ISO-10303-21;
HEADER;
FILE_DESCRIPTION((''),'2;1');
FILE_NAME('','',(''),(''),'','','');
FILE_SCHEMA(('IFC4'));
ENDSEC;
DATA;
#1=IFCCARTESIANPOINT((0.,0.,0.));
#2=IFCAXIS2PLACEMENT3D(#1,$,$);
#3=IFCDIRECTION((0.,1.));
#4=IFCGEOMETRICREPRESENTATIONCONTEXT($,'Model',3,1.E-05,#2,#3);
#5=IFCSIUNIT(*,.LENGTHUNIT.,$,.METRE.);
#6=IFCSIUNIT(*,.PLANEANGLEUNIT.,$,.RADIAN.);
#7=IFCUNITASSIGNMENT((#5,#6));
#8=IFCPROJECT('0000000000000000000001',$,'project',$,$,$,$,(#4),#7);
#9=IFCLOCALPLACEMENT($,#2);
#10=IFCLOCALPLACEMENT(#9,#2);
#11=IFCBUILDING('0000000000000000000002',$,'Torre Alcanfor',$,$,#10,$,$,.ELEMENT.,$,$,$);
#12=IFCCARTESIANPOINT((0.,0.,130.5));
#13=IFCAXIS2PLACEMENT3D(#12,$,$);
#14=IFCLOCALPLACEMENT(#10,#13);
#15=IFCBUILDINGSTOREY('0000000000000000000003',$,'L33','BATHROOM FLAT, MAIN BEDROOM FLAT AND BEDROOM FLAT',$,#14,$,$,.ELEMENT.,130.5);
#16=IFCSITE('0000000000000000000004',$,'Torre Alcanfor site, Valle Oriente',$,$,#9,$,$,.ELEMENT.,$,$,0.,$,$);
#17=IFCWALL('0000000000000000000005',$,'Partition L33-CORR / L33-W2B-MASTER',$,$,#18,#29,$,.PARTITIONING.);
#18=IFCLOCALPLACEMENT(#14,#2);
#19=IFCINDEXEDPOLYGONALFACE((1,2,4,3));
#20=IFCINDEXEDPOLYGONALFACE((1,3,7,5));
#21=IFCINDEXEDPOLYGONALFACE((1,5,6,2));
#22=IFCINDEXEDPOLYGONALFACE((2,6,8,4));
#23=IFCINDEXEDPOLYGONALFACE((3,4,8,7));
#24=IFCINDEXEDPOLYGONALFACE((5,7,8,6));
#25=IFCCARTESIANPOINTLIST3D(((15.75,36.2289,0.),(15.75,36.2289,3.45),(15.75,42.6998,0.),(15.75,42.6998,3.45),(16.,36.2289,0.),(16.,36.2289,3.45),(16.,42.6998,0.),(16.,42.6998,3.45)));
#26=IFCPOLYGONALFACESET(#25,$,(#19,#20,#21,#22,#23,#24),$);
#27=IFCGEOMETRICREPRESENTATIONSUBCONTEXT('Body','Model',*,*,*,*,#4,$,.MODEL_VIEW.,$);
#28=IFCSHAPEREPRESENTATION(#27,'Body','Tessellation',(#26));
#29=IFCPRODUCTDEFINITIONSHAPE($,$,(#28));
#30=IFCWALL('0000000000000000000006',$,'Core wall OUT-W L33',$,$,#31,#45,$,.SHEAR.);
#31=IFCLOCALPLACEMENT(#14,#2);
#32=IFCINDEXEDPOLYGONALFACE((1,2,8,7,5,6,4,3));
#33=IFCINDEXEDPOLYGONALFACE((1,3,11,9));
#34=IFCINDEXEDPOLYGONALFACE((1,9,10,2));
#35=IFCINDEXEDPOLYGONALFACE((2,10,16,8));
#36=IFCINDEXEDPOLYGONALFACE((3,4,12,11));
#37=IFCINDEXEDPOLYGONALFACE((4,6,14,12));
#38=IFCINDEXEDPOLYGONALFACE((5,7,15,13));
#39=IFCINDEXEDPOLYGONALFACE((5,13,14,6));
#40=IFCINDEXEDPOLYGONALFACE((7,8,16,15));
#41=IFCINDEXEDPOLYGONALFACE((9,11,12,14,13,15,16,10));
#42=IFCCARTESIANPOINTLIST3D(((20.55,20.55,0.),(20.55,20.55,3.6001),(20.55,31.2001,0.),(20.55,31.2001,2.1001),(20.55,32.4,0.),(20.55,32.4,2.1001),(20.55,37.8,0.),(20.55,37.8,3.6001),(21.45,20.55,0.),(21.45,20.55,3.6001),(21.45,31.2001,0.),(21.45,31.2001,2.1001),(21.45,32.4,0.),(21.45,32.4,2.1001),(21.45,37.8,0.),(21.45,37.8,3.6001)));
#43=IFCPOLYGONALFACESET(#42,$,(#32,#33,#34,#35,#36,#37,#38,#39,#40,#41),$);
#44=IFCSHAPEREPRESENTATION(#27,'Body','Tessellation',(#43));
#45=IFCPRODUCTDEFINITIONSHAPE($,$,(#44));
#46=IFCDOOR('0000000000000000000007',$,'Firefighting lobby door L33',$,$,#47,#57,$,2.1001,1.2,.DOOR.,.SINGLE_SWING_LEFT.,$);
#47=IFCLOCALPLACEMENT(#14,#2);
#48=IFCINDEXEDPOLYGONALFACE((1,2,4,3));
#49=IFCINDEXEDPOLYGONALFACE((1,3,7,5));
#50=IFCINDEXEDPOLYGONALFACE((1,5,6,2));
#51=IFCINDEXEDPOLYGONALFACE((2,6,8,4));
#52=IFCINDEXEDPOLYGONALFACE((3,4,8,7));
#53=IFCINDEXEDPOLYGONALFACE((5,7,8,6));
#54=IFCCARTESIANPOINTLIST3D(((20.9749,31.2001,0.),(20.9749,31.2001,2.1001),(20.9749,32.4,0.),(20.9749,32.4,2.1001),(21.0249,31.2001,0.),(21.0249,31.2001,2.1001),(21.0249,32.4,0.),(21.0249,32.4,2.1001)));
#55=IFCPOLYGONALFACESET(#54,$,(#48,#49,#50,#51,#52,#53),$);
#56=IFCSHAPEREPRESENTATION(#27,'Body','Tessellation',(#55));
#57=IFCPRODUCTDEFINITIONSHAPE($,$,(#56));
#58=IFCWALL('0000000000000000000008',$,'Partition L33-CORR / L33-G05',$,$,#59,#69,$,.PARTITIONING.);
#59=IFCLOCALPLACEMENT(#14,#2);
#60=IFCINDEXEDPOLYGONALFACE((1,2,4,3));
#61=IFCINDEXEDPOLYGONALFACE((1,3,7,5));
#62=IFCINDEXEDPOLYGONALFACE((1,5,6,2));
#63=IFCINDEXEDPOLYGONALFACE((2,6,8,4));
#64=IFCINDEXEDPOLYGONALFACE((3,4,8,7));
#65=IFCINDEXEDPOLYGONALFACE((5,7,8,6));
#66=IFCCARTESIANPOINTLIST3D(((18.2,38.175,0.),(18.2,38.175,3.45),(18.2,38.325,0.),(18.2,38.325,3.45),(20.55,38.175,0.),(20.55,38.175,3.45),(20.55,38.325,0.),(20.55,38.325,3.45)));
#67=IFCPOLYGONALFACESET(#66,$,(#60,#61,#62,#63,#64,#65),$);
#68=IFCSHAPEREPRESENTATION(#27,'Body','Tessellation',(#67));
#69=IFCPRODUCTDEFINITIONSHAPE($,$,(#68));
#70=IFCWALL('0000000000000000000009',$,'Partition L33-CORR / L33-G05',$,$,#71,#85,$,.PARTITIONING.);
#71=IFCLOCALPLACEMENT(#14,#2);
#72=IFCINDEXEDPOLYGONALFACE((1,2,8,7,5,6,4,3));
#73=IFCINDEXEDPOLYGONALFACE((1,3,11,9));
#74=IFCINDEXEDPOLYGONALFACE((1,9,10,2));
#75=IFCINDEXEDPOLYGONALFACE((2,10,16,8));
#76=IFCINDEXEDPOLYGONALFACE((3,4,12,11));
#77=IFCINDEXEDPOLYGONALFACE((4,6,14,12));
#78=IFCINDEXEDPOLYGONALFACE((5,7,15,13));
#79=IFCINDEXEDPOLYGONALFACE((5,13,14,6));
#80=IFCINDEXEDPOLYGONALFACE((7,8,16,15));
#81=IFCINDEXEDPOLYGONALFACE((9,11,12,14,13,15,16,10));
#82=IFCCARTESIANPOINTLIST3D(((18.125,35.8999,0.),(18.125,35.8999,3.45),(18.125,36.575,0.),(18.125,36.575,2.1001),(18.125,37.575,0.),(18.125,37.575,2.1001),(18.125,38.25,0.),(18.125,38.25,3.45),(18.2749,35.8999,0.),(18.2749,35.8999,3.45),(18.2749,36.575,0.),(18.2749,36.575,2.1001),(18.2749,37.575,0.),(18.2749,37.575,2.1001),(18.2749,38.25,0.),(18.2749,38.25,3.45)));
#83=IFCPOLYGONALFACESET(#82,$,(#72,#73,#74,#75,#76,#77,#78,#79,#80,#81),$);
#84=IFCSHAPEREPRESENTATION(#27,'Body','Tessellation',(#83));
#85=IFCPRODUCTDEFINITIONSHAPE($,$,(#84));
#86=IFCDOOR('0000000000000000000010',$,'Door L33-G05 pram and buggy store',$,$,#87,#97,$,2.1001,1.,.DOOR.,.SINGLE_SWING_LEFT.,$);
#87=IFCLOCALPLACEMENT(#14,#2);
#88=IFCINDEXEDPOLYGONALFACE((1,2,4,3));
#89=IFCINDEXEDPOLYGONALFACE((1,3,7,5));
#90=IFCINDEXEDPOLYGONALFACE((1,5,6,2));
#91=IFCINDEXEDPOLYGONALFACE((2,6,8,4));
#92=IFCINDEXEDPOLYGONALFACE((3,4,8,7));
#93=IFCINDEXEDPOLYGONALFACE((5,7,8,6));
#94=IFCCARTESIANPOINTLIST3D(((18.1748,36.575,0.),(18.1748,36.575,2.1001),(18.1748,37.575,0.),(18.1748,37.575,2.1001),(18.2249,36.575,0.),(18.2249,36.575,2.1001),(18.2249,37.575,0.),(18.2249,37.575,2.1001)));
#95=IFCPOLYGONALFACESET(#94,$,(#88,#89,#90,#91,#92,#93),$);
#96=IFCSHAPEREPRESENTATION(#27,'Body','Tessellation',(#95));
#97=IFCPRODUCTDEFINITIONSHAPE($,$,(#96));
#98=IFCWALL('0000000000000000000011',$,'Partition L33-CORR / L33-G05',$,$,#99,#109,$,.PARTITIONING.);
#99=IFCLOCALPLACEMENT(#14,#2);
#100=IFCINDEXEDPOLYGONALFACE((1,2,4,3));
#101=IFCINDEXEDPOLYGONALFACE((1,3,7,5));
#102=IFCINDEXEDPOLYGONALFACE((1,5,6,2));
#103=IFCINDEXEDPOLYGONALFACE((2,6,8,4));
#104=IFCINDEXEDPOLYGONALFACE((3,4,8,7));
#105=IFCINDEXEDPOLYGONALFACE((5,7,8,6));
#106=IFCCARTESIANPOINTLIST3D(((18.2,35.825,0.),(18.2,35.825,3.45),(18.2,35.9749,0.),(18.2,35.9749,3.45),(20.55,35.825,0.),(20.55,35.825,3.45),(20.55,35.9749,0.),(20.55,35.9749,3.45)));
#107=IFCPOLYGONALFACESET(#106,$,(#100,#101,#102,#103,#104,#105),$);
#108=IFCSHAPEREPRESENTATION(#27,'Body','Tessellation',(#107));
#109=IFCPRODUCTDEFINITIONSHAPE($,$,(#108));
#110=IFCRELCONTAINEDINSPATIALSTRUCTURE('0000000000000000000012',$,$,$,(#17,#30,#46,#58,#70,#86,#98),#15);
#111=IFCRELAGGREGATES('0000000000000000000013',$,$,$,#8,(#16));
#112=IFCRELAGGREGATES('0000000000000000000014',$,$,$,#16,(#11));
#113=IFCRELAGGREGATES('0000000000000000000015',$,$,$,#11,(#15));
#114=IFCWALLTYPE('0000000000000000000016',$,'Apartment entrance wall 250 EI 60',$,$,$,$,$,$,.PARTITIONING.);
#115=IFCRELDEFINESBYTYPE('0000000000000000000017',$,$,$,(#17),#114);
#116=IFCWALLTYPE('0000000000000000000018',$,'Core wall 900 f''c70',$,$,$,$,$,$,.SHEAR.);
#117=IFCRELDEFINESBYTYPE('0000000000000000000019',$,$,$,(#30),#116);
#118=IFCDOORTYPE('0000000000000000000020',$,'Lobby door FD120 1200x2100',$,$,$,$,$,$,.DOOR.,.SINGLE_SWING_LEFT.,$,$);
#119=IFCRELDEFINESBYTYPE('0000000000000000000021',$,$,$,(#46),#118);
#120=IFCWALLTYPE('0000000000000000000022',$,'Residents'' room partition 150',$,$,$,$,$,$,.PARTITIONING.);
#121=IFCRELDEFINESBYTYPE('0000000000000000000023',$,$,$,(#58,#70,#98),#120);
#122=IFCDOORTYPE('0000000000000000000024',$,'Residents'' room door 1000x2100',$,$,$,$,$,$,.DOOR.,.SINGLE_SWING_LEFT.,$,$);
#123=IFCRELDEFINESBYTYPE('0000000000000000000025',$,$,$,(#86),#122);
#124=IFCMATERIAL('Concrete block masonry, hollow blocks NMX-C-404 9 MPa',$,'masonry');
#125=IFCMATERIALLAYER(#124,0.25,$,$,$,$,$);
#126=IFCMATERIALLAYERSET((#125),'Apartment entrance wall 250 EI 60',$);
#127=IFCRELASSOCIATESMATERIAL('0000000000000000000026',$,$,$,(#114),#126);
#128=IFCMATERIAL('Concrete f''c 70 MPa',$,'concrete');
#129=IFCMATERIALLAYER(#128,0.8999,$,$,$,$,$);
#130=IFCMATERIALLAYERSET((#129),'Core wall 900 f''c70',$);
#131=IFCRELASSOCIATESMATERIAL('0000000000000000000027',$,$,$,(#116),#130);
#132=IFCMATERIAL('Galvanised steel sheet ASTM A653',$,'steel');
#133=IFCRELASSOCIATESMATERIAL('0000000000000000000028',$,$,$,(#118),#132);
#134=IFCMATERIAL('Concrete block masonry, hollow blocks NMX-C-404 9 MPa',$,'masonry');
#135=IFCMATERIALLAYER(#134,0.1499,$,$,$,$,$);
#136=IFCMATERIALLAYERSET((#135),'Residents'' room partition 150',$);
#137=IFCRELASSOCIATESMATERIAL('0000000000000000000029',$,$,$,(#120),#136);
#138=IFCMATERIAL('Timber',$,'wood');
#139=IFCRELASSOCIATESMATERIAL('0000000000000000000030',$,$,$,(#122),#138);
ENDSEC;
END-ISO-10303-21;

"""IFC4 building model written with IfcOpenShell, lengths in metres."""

from ifc_helpers import new_model, si_unit, direction, frame, frame_2d, origin, place, context, subcontext, project, spatial, rectangle, extrude, material, layer, layer_set, type_object, element, fill, save


model = new_model("IFC4")

# Units and contexts
model_context = context("Model", 3, precision=1e-05, world=origin(), true_north=direction((0.0, 1.0)))
body_context = subcontext(model_context, "Body", "Model", "MODEL_VIEW")
ifc_project = project(units=[si_unit("LENGTHUNIT", "METRE"), si_unit("PLANEANGLEUNIT", "RADIAN")], contexts=[model_context])

# Site, building, storey
site_placement = place(None, origin())
site = spatial("IfcSite", under=ifc_project, at=site_placement, Name="Torre Alcanfor site, Valle Oriente", CompositionType="ELEMENT", RefElevation=0.0)
building_placement = place(site_placement, origin())
building = spatial("IfcBuilding", under=site, at=building_placement, Name="Torre Alcanfor", CompositionType="ELEMENT")
storey_placement = place(building_placement, frame((0.0, 0.0, 130.5)))
storey = spatial("IfcBuildingStorey", under=building, at=storey_placement, Name="L33", Description="BATHROOM FLAT, MAIN BEDROOM FLAT AND BEDROOM FLAT", CompositionType="ELEMENT", Elevation=130.5)

# Wall
ifc_material_1 = material(Name="Concrete block masonry, hollow blocks NMX-C-404 9 MPa", Category="masonry")
ifc_layer_1 = layer(ifc_material_1, 0.25)
ifc_layer_set_1 = layer_set([ifc_layer_1], Name="Apartment entrance wall 250 EI 60")
wall_type_1 = type_object("IfcWallType", Name="Apartment entrance wall 250 EI 60", PredefinedType="PARTITIONING", material=ifc_layer_set_1)
wall_1_placement = place(storey_placement, frame((15.875, 36.229, 0.0), z_axis=(0.0, 0.0, 1.0), x_axis=(0.0, 1.0, 0.0)))
element("IfcWall", 1, at=wall_1_placement, inside=storey, type_object=wall_type_1, Name="Partition L33-CORR / L33-W2B-MASTER", PredefinedType="PARTITIONING", context=body_context, shape_type="SweptSolid", body=[
    extrude(rectangle(XDim=6.4709, YDim=0.25, at=frame_2d((3.2354, 0.0))), origin(), (0.0, 0.0, 1.0), 3.45),
])

# Wall, opening, door
ifc_material_2 = material(Name="Concrete f'c 70 MPa", Category="concrete")
ifc_layer_2 = layer(ifc_material_2, 0.8999)
ifc_layer_set_2 = layer_set([ifc_layer_2], Name="Core wall 900 f'c70")
wall_type_2 = type_object("IfcWallType", Name="Core wall 900 f'c70", PredefinedType="SHEAR", material=ifc_layer_set_2)
wall_2_placement = place(storey_placement, frame((21.0, 37.8, 0.0), z_axis=(0.0, 0.0, 1.0), x_axis=(0.0, -1.0, 0.0)))
wall_2 = element("IfcWall", 2, at=wall_2_placement, inside=storey, type_object=wall_type_2, Name="Core wall OUT-W L33", PredefinedType="SHEAR", context=body_context, shape_type="SweptSolid", body=[
    extrude(rectangle(XDim=17.25, YDim=0.8999, at=frame_2d((8.625, 0.0))), origin(), (0.0, 0.0, 1.0), 3.6001),
])
opening_1_placement = place(wall_2_placement, frame((5.3999, 0.0, 0.0)))
opening_1 = element("IfcOpeningElement", 3, at=opening_1_placement, cuts=wall_2, PredefinedType="OPENING", context=body_context, shape_type="SweptSolid", body=[
    extrude(rectangle(XDim=1.2, YDim=2.1001, at=frame_2d((0.6001, 1.05))), frame((0.0, 0.46, 0.0), z_axis=(0.0, -1.0, 0.0), x_axis=(1.0, 0.0, 0.0)), (0.0, 0.0, 1.0), 0.9199),
])
ifc_material_3 = material(Name="Galvanised steel sheet ASTM A653", Category="steel")
door_type_1 = type_object("IfcDoorType", Name="Lobby door FD120 1200x2100", OperationType="SINGLE_SWING_LEFT", PredefinedType="DOOR", material=ifc_material_3)
door_1_placement = place(opening_1_placement, origin())
door_1 = element("IfcDoor", 4, at=door_1_placement, inside=storey, type_object=door_type_1, Name="Firefighting lobby door L33", OperationType="SINGLE_SWING_LEFT", OverallHeight=2.1001, OverallWidth=1.2, PredefinedType="DOOR", context=body_context, shape_type="SweptSolid", body=[
    extrude(rectangle(XDim=1.2, YDim=2.1001, at=frame_2d((0.6001, 1.05))), frame((0.0, 0.0249, 0.0), z_axis=(0.0, -1.0, 0.0), x_axis=(1.0, 0.0, 0.0)), (0.0, 0.0, 1.0), 0.05),
])
fill(opening_1, door_1)

# Wall
ifc_material_4 = material(Name="Concrete block masonry, hollow blocks NMX-C-404 9 MPa", Category="masonry")
ifc_layer_3 = layer(ifc_material_4, 0.1499)
ifc_layer_set_3 = layer_set([ifc_layer_3], Name="Residents' room partition 150")
wall_type_3 = type_object("IfcWallType", Name="Residents' room partition 150", PredefinedType="PARTITIONING", material=ifc_layer_set_3)
wall_3_placement = place(storey_placement, frame((20.55, 38.25, 0.0), z_axis=(0.0, 0.0, 1.0), x_axis=(-1.0, 0.0, 0.0)))
element("IfcWall", 5, at=wall_3_placement, inside=storey, type_object=wall_type_3, Name="Partition L33-CORR / L33-G05", PredefinedType="PARTITIONING", context=body_context, shape_type="SweptSolid", body=[
    extrude(rectangle(XDim=2.3501, YDim=0.1499, at=frame_2d((1.175, 0.0))), origin(), (0.0, 0.0, 1.0), 3.45),
])

# Wall, opening, door
wall_4_placement = place(storey_placement, frame((18.2, 38.25, 0.0), z_axis=(0.0, 0.0, 1.0), x_axis=(0.0, -1.0, 0.0)))
wall_4 = element("IfcWall", 6, at=wall_4_placement, inside=storey, type_object=wall_type_3, Name="Partition L33-CORR / L33-G05", PredefinedType="PARTITIONING", context=body_context, shape_type="SweptSolid", body=[
    extrude(rectangle(XDim=2.3501, YDim=0.1499, at=frame_2d((1.175, 0.0))), origin(), (0.0, 0.0, 1.0), 3.45),
])
opening_2_placement = place(wall_4_placement, frame((0.675, 0.0, 0.0)))
opening_2 = element("IfcOpeningElement", 7, at=opening_2_placement, cuts=wall_4, PredefinedType="OPENING", context=body_context, shape_type="SweptSolid", body=[
    extrude(rectangle(XDim=1.0, YDim=2.1001, at=frame_2d((0.5, 1.05))), frame((0.0, 0.085, 0.0), z_axis=(0.0, -1.0, 0.0), x_axis=(1.0, 0.0, 0.0)), (0.0, 0.0, 1.0), 0.1699),
])
ifc_material_5 = material(Name="Timber", Category="wood")
door_type_2 = type_object("IfcDoorType", Name="Residents' room door 1000x2100", OperationType="SINGLE_SWING_LEFT", PredefinedType="DOOR", material=ifc_material_5)
door_2_placement = place(opening_2_placement, origin())
door_2 = element("IfcDoor", 8, at=door_2_placement, inside=storey, type_object=door_type_2, Name="Door L33-G05 pram and buggy store", OperationType="SINGLE_SWING_LEFT", OverallHeight=2.1001, OverallWidth=1.0, PredefinedType="DOOR", context=body_context, shape_type="SweptSolid", body=[
    extrude(rectangle(XDim=1.0, YDim=2.1001, at=frame_2d((0.5, 1.05))), frame((0.0, 0.0249, 0.0), z_axis=(0.0, -1.0, 0.0), x_axis=(1.0, 0.0, 0.0)), (0.0, 0.0, 1.0), 0.05),
])
fill(opening_2, door_2)

# Wall
wall_5_placement = place(storey_placement, frame((18.2, 35.8999, 0.0), z_axis=(0.0, 0.0, 1.0), x_axis=(1.0, 0.0, 0.0)))
element("IfcWall", 9, at=wall_5_placement, inside=storey, type_object=wall_type_3, Name="Partition L33-CORR / L33-G05", PredefinedType="PARTITIONING", context=body_context, shape_type="SweptSolid", body=[
    extrude(rectangle(XDim=2.3501, YDim=0.1499, at=frame_2d((1.175, 0.0))), origin(), (0.0, 0.0, 1.0), 3.45),
])

save(model, "model.ifc")
